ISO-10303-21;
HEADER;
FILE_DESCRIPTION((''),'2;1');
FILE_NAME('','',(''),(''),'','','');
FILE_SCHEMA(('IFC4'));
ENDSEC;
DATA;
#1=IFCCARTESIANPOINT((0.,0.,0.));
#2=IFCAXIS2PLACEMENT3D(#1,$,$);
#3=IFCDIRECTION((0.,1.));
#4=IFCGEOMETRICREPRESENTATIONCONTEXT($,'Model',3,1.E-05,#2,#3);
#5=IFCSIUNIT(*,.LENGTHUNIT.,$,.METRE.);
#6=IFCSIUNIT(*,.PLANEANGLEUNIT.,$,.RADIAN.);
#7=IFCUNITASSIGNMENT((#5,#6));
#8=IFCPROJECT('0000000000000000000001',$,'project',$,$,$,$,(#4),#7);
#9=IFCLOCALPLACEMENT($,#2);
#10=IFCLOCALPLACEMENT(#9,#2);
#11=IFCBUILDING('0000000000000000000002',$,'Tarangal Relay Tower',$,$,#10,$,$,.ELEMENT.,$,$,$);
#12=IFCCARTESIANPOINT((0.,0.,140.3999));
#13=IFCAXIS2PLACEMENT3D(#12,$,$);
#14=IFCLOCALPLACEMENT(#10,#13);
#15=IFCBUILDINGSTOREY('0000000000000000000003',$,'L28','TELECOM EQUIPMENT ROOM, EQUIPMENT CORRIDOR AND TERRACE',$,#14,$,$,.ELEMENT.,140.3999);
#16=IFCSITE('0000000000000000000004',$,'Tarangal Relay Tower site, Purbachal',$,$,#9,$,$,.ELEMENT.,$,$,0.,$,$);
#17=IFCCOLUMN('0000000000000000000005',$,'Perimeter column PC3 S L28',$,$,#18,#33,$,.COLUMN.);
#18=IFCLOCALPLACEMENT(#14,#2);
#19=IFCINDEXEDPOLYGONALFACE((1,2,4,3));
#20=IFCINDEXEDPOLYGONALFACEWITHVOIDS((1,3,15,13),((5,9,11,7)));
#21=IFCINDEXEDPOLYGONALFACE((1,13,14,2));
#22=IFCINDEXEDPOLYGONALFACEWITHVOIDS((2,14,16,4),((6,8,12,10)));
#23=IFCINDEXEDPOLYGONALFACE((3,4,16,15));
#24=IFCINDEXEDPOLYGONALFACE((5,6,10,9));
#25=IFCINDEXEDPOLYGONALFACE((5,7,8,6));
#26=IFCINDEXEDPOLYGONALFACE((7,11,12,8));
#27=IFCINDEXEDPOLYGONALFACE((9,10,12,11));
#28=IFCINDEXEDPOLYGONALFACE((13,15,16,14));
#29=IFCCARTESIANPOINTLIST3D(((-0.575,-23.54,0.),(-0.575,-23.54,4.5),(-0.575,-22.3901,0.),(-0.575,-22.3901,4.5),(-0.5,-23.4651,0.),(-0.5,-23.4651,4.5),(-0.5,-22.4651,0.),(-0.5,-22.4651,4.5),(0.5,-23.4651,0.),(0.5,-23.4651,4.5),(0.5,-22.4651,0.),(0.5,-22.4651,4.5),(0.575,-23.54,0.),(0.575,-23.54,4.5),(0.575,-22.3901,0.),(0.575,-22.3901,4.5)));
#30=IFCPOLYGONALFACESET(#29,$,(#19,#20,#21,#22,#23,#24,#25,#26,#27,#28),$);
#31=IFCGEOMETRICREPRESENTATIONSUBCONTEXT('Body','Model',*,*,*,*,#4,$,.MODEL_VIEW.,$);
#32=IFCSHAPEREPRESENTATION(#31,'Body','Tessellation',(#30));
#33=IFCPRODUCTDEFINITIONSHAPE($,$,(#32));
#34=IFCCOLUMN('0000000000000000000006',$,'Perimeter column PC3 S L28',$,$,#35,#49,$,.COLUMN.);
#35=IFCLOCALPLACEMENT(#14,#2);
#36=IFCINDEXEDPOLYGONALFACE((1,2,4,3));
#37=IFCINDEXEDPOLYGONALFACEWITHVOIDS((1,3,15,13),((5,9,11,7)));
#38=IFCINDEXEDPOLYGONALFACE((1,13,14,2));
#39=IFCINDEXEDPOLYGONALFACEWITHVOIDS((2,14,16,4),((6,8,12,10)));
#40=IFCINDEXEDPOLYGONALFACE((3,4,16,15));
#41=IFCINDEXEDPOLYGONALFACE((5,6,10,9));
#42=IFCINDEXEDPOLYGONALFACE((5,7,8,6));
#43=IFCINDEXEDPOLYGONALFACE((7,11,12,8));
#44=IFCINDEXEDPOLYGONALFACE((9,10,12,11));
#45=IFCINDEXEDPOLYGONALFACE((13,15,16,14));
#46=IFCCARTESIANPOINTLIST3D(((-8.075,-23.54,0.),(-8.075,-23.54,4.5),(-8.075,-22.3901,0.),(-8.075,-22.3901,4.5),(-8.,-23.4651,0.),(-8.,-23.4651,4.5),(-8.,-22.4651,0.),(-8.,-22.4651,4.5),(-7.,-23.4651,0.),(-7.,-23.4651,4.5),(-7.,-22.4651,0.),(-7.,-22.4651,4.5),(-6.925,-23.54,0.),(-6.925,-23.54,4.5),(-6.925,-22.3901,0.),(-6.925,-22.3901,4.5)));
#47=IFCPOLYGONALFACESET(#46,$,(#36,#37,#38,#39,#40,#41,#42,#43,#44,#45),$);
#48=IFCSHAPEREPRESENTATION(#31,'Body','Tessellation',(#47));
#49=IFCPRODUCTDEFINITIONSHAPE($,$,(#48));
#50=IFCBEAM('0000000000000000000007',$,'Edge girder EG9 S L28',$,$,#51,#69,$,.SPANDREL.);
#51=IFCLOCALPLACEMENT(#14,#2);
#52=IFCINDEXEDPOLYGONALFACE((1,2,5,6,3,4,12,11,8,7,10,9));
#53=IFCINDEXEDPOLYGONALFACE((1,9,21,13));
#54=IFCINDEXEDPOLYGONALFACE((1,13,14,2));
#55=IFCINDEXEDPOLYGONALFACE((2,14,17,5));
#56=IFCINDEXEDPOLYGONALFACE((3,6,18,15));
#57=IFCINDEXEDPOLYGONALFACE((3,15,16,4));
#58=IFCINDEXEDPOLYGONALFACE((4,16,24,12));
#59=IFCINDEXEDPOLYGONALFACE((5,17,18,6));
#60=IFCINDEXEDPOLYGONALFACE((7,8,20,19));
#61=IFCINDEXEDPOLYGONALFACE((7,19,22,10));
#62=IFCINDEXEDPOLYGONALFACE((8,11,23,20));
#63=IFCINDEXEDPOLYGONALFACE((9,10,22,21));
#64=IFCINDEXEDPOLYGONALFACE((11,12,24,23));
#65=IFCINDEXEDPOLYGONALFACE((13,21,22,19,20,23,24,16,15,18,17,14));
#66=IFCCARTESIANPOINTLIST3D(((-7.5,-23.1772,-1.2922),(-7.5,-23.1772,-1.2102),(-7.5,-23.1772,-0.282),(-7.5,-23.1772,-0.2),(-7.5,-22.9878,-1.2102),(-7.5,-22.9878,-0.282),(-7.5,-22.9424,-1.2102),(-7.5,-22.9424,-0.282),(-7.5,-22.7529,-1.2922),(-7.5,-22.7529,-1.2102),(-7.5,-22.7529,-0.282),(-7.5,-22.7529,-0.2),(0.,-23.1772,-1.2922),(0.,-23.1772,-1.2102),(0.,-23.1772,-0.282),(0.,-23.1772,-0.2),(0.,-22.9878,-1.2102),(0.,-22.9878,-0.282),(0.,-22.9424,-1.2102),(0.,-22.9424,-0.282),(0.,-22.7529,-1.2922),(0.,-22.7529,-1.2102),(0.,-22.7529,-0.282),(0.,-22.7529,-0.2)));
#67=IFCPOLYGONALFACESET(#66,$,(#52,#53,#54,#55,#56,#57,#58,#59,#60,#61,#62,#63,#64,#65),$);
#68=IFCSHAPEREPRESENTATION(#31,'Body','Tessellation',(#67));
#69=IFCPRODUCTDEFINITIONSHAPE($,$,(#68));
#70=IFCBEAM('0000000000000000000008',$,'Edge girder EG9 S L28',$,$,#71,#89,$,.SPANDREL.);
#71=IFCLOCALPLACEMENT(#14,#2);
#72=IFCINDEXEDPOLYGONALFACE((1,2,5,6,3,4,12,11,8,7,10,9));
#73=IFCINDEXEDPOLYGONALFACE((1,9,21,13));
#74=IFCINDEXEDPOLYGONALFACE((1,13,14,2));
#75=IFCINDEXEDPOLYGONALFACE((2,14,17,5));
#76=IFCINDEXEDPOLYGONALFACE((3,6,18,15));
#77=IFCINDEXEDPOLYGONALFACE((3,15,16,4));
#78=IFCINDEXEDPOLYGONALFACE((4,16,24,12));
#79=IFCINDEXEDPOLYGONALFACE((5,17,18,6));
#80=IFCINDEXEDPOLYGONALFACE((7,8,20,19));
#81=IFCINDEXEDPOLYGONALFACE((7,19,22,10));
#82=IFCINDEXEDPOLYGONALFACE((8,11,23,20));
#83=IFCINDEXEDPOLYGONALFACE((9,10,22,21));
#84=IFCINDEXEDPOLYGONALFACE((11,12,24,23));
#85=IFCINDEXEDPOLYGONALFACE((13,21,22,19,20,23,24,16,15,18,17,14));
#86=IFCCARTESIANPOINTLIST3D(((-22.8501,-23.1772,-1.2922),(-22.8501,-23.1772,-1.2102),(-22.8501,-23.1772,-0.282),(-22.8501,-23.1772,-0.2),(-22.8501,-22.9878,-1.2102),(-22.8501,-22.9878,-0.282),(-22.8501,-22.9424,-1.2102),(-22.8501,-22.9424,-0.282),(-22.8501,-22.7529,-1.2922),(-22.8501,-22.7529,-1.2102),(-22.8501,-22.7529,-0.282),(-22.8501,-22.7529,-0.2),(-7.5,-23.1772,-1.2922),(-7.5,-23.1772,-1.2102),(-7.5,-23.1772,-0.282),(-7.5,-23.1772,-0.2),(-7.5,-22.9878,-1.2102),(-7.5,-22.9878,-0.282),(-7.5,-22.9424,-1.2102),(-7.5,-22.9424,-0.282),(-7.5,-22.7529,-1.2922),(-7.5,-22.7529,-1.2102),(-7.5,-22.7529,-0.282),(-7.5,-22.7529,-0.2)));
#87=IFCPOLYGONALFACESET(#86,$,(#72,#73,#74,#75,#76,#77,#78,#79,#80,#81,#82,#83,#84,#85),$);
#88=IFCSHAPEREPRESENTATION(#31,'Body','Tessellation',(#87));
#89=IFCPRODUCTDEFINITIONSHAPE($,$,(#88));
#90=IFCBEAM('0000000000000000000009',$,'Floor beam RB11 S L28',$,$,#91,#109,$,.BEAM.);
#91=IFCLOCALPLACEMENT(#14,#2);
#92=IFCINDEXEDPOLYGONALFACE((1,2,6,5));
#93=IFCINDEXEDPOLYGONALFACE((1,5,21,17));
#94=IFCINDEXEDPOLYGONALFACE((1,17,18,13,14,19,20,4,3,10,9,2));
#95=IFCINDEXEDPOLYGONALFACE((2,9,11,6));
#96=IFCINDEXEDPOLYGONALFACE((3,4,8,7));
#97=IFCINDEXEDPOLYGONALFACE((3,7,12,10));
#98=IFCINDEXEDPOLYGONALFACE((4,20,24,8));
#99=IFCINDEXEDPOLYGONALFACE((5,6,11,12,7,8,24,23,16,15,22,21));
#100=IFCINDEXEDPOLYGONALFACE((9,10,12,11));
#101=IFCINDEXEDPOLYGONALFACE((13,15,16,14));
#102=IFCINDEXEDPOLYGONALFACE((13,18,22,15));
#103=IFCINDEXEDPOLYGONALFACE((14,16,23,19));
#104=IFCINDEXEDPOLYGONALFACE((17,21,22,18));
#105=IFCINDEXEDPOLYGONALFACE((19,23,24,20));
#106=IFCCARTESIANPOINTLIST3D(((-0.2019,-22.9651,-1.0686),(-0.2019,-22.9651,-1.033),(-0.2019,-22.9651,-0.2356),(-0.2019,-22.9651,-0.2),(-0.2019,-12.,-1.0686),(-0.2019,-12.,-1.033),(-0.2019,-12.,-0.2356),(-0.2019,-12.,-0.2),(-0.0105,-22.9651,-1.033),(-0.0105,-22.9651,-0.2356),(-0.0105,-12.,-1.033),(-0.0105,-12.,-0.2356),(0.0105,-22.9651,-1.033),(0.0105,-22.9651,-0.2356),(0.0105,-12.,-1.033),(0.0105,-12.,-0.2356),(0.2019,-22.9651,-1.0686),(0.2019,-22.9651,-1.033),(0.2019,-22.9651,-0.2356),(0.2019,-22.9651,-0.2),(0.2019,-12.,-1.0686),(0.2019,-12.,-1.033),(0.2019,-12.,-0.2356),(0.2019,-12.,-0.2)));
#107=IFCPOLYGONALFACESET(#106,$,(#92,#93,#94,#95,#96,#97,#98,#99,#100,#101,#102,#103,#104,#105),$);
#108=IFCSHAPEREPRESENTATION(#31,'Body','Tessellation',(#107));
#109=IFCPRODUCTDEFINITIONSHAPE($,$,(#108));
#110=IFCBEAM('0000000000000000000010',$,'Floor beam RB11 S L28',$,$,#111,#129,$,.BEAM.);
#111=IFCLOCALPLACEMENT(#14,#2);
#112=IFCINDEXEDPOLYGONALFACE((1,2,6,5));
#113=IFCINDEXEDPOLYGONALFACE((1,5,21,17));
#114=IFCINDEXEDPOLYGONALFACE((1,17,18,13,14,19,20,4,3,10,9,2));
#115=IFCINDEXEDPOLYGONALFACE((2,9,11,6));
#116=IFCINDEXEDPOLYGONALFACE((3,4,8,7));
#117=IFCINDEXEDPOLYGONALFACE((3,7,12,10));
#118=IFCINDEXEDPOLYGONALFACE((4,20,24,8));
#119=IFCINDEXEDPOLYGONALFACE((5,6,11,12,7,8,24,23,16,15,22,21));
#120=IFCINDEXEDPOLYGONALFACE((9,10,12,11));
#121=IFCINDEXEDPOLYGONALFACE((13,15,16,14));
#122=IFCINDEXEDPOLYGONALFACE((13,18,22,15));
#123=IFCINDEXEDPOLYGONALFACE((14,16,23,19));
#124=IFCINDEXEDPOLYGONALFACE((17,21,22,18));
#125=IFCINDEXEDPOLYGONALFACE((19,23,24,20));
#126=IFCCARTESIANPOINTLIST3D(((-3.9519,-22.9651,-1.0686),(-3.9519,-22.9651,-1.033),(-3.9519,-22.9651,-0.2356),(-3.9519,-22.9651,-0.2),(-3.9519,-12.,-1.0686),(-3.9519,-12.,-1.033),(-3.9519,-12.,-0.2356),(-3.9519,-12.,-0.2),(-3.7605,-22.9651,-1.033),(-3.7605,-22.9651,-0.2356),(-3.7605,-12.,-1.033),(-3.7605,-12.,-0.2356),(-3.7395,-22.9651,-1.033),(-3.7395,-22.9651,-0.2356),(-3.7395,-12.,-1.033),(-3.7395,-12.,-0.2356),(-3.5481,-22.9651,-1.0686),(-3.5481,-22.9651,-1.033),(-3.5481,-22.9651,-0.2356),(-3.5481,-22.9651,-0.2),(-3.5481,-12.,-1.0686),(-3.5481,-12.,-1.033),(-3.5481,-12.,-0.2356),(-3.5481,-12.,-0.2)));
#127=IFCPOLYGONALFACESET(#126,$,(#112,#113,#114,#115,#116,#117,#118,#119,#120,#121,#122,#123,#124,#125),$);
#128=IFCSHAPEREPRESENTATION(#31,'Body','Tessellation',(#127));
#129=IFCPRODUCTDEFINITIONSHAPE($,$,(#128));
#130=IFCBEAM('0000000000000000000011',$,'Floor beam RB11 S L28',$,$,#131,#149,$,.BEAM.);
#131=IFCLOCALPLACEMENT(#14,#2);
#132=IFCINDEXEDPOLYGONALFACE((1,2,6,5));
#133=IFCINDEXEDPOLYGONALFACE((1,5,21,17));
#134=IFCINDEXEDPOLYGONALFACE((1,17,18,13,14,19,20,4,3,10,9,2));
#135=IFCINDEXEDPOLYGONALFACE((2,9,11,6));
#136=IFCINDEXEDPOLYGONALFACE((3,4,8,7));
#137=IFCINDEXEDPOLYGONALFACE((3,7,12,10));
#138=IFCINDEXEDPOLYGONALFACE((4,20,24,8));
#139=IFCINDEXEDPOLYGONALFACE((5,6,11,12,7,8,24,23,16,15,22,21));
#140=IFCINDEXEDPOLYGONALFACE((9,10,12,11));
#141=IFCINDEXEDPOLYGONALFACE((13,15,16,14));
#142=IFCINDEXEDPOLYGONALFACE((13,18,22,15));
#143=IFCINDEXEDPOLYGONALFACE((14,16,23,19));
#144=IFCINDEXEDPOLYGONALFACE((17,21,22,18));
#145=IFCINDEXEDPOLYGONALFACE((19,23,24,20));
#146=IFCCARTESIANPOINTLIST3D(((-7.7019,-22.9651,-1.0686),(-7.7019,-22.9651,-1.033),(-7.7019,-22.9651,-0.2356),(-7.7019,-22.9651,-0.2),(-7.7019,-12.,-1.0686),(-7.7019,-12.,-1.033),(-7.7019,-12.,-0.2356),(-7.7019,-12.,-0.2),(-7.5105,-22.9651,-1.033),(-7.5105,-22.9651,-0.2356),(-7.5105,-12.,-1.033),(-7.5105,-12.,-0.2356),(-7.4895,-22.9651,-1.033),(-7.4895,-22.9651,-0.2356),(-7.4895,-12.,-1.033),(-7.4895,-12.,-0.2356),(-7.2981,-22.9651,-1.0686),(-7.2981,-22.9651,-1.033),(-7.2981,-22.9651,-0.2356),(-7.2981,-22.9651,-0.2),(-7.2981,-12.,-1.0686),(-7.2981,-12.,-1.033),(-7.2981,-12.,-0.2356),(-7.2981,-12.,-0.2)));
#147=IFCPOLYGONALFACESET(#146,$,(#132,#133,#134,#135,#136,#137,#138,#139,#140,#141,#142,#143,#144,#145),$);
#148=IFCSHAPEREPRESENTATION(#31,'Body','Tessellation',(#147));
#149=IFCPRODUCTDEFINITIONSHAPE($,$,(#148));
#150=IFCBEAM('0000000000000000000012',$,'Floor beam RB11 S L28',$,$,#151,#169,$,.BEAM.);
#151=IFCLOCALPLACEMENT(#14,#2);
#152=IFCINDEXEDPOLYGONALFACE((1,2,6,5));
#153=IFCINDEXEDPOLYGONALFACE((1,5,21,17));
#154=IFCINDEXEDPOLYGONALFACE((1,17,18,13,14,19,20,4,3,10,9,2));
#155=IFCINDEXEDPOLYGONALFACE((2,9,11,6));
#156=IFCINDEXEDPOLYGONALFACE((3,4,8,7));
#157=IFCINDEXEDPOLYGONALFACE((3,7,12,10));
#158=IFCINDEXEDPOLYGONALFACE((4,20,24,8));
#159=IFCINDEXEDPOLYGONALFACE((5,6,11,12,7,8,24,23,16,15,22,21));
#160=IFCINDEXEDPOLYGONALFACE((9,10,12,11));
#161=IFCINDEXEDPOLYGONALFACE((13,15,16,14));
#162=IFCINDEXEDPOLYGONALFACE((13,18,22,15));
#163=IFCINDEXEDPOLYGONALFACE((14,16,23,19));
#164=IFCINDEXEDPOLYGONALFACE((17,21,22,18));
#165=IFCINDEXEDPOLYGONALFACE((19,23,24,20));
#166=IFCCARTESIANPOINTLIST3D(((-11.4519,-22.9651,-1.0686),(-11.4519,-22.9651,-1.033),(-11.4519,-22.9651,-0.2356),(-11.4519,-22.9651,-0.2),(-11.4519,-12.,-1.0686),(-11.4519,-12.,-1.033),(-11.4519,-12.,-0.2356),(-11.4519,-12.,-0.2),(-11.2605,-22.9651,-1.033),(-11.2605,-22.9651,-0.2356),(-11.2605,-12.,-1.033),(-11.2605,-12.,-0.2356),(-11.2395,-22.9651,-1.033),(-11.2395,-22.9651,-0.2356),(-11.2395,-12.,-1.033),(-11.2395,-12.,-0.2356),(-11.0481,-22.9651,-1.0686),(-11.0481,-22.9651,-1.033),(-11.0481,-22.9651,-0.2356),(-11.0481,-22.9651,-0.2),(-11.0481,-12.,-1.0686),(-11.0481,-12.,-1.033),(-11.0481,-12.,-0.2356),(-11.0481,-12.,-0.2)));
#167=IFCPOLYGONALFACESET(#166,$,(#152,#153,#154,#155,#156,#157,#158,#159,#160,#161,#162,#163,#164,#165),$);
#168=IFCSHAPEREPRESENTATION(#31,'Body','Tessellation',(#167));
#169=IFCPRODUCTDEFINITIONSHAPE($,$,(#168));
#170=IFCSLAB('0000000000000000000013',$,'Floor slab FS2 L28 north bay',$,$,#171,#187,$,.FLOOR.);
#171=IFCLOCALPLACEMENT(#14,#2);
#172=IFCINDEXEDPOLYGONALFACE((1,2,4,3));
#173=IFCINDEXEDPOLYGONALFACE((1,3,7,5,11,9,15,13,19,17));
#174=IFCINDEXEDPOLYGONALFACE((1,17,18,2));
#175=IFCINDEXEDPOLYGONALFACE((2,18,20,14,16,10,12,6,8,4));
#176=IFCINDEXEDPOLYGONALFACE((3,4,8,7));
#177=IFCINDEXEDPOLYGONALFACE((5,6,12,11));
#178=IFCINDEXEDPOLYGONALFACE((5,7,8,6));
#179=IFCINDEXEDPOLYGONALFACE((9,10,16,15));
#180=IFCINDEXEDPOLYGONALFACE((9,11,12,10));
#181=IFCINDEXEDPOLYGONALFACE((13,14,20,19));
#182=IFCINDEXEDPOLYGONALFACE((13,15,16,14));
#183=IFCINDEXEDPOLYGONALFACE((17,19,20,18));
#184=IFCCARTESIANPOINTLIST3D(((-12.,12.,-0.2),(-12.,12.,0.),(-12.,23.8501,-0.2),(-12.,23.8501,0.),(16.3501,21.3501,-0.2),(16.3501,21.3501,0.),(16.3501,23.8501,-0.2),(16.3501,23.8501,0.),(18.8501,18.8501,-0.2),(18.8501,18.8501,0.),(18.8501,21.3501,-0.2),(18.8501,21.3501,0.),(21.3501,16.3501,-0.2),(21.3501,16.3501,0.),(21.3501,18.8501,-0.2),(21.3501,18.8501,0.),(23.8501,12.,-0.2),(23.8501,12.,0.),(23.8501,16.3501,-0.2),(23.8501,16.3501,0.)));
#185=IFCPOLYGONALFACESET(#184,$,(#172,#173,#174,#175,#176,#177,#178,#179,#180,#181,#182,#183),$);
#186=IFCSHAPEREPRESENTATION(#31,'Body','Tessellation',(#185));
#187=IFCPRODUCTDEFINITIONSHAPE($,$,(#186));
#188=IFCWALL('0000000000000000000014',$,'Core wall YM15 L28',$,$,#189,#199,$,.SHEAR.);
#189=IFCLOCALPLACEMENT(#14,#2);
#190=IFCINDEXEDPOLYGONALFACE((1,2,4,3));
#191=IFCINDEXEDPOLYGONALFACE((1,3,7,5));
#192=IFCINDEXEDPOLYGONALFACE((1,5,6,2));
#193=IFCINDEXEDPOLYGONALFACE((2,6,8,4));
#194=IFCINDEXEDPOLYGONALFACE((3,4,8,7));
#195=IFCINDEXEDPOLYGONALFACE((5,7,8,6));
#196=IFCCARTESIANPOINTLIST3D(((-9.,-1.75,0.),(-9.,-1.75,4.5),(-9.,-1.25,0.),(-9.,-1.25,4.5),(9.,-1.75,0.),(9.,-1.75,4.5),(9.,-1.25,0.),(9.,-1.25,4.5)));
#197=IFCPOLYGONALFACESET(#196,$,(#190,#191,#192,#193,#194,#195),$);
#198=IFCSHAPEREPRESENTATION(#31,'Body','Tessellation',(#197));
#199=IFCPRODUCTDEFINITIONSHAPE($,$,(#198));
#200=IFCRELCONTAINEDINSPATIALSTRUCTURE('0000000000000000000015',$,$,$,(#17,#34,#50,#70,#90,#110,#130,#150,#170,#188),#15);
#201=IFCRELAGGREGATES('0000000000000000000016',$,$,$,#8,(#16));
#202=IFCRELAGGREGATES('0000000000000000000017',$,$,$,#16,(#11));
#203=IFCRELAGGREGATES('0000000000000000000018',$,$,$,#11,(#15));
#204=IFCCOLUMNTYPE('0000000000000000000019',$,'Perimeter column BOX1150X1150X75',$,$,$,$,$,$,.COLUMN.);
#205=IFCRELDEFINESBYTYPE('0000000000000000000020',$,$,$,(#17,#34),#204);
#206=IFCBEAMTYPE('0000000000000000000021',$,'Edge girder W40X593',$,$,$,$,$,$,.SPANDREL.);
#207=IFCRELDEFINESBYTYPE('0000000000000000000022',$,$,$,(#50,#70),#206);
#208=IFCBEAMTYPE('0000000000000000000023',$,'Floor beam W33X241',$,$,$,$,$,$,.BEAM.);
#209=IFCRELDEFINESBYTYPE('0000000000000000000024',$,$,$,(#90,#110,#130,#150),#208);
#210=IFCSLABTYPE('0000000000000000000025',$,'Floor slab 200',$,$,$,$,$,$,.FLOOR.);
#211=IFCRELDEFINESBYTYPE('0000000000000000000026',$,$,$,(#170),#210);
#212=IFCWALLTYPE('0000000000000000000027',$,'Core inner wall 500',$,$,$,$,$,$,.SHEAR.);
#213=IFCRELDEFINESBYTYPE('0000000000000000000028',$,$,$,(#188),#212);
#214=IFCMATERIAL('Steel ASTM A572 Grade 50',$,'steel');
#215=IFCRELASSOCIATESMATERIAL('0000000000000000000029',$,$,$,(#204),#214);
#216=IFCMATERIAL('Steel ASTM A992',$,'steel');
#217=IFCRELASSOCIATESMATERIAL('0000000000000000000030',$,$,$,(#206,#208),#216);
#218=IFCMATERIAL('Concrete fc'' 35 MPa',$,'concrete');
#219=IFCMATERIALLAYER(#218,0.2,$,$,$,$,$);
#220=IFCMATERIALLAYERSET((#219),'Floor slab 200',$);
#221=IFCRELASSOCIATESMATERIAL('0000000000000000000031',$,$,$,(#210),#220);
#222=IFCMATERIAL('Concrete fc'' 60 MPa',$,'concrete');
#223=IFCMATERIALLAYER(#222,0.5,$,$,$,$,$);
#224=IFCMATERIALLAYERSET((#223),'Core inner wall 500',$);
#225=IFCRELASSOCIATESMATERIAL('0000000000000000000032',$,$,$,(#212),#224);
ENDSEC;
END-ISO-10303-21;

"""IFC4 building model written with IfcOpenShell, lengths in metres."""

from ifc_helpers import new_model, si_unit, direction, frame, frame_2d, origin, origin_2d, place, context, subcontext, project, spatial, polyline, rectangle, hollow_rectangle, i_section, outline, extrude, material, layer, layer_set, material_profile, profile_set, type_object, element, save


model = new_model("IFC4")

# Units and contexts
model_context = context("Model", 3, precision=1e-05, world=origin(), true_north=direction((0.0, 1.0)))
body_context = subcontext(model_context, "Body", "Model", "MODEL_VIEW")
ifc_project = project(units=[si_unit("LENGTHUNIT", "METRE"), si_unit("PLANEANGLEUNIT", "RADIAN")], contexts=[model_context])

# Site, building, storey
site_placement = place(None, origin())
site = spatial("IfcSite", under=ifc_project, at=site_placement, Name="Tarangal Relay Tower site, Purbachal", CompositionType="ELEMENT", RefElevation=0.0)
building_placement = place(site_placement, origin())
building = spatial("IfcBuilding", under=site, at=building_placement, Name="Tarangal Relay Tower", CompositionType="ELEMENT")
storey_placement = place(building_placement, frame((0.0, 0.0, 140.3999)))
storey = spatial("IfcBuildingStorey", under=building, at=storey_placement, Name="L28", Description="TELECOM EQUIPMENT ROOM, EQUIPMENT CORRIDOR AND TERRACE", CompositionType="ELEMENT", Elevation=140.3999)

# Columns
ifc_material_1 = material(Name="Steel ASTM A572 Grade 50", Category="steel")
ifc_material_profile_1 = material_profile(ifc_material_1, hollow_rectangle(XDim=1.1499, YDim=1.1499, WallThickness=0.075, at=origin_2d()), Name="BOX1150X1150X75")
ifc_profile_set_1 = profile_set([ifc_material_profile_1], Name="Steel ASTM A572 Grade 50")
column_type = type_object("IfcColumnType", Name="Perimeter column BOX1150X1150X75", PredefinedType="COLUMN", material=ifc_profile_set_1)
for number, where, z_axis, x_axis, name in (
    (1, (0.0, -22.9651, 0.0), (0.0, 0.0, 1.0), (1.0, 0.0, 0.0), "Perimeter column PC3 S L28"),
    (2, (-7.5, -22.9651, 0.0), (0.0, 0.0, 1.0), (1.0, 0.0, 0.0), "Perimeter column PC3 S L28"),
):
    element("IfcColumn", number, at=place(storey_placement, frame(where, z_axis=z_axis, x_axis=x_axis)), inside=storey, type_object=column_type, Name=name, PredefinedType="COLUMN", context=body_context, shape_type="SweptSolid", body=[
        extrude(hollow_rectangle(XDim=1.1499, YDim=1.1499, WallThickness=0.075, at=origin_2d()), origin(), (0.0, 0.0, 1.0), 4.5),
    ])

# Beams
ifc_material_2 = material(Name="Steel ASTM A992", Category="steel")
ifc_material_profile_2 = material_profile(ifc_material_2, i_section(OverallWidth=0.4243, OverallDepth=1.0923, WebThickness=0.0454, FlangeThickness=0.082, at=origin_2d()), Name="W40X593")
ifc_profile_set_2 = profile_set([ifc_material_profile_2], Name="Steel ASTM A992")
beam_type_1 = type_object("IfcBeamType", Name="Edge girder W40X593", PredefinedType="SPANDREL", material=ifc_profile_set_2)
beam_1_placement = place(storey_placement, frame((0.0, -22.9651, -0.7461), z_axis=(-1.0, 0.0, 0.0), x_axis=(0.0, -1.0, 0.0)))
element("IfcBeam", 3, at=beam_1_placement, inside=storey, type_object=beam_type_1, Name="Edge girder EG9 S L28", PredefinedType="SPANDREL", context=body_context, shape_type="SweptSolid", body=[
    extrude(i_section(OverallWidth=0.4243, OverallDepth=1.0923, WebThickness=0.0454, FlangeThickness=0.082, at=origin_2d()), origin(), (0.0, 0.0, 1.0), 7.5),
])
beam_2_placement = place(storey_placement, frame((-7.5, -22.9651, -0.7461), z_axis=(-1.0, 0.0, 0.0), x_axis=(0.0, -1.0, 0.0)))
element("IfcBeam", 4, at=beam_2_placement, inside=storey, type_object=beam_type_1, Name="Edge girder EG9 S L28", PredefinedType="SPANDREL", context=body_context, shape_type="SweptSolid", body=[
    extrude(i_section(OverallWidth=0.4243, OverallDepth=1.0923, WebThickness=0.0454, FlangeThickness=0.082, at=origin_2d()), origin(), (0.0, 0.0, 1.0), 15.3501),
])
ifc_material_profile_3 = material_profile(ifc_material_2, i_section(OverallWidth=0.4038, OverallDepth=0.8687, WebThickness=0.021, FlangeThickness=0.0356, at=origin_2d()), Name="W33X241")
ifc_profile_set_3 = profile_set([ifc_material_profile_3], Name="Steel ASTM A992")
beam_type_2 = type_object("IfcBeamType", Name="Floor beam W33X241", PredefinedType="BEAM", material=ifc_profile_set_3)
for number, where, z_axis, x_axis, name in (
    (5, (0.0, -12.0, -0.6343), (0.0, -1.0, 0.0), (1.0, 0.0, 0.0), "Floor beam RB11 S L28"),
    (6, (-3.75, -12.0, -0.6343), (0.0, -1.0, 0.0), (1.0, 0.0, 0.0), "Floor beam RB11 S L28"),
    (7, (-7.5, -12.0, -0.6343), (0.0, -1.0, 0.0), (1.0, 0.0, 0.0), "Floor beam RB11 S L28"),
    (8, (-11.25, -12.0, -0.6343), (0.0, -1.0, 0.0), (1.0, 0.0, 0.0), "Floor beam RB11 S L28"),
):
    element("IfcBeam", number, at=place(storey_placement, frame(where, z_axis=z_axis, x_axis=x_axis)), inside=storey, type_object=beam_type_2, Name=name, PredefinedType="BEAM", context=body_context, shape_type="SweptSolid", body=[
        extrude(i_section(OverallWidth=0.4038, OverallDepth=0.8687, WebThickness=0.021, FlangeThickness=0.0356, at=origin_2d()), origin(), (0.0, 0.0, 1.0), 10.9651),
    ])

# Slab
ifc_material_3 = material(Name="Concrete fc' 35 MPa", Category="concrete")
ifc_layer_1 = layer(ifc_material_3, 0.2)
ifc_layer_set_1 = layer_set([ifc_layer_1], Name="Floor slab 200")
slab_type = type_object("IfcSlabType", Name="Floor slab 200", PredefinedType="FLOOR", material=ifc_layer_set_1)
slab_placement = place(storey_placement, frame((0.0, 0.0, -0.2)))
element("IfcSlab", 9, at=slab_placement, inside=storey, type_object=slab_type, Name="Floor slab FS2 L28 north bay", PredefinedType="FLOOR", context=body_context, shape_type="SweptSolid", body=[
    extrude(outline(polyline([(16.3501, 23.8501), (16.3501, 21.3501), (18.8501, 21.3501), (18.8501, 18.8501), (21.3501, 18.8501), (21.3501, 16.3501), (23.8501, 16.3501), (23.8501, 12.0), (-12.0, 12.0), (-12.0, 23.8501), (16.3501, 23.8501)])), origin(), (0.0, 0.0, 1.0), 0.2),
])

# Wall
ifc_material_4 = material(Name="Concrete fc' 60 MPa", Category="concrete")
ifc_layer_2 = layer(ifc_material_4, 0.5)
ifc_layer_set_2 = layer_set([ifc_layer_2], Name="Core inner wall 500")
wall_type_1 = type_object("IfcWallType", Name="Core inner wall 500", PredefinedType="SHEAR", material=ifc_layer_set_2)
for number, where, z_axis, x_axis, name in (
    (10, (-9.0, -1.5, 0.0), (0.0, 0.0, 1.0), (1.0, 0.0, 0.0), "Core wall YM15 L28"),
):
    element("IfcWall", number, at=place(storey_placement, frame(where, z_axis=z_axis, x_axis=x_axis)), inside=storey, type_object=wall_type_1, Name=name, PredefinedType="SHEAR", context=body_context, shape_type="SweptSolid", body=[
        extrude(rectangle(XDim=18.0, YDim=0.5, at=frame_2d((9.0, 0.0))), origin(), (0.0, 0.0, 1.0), 4.5),
    ])

save(model, "model.ifc")
